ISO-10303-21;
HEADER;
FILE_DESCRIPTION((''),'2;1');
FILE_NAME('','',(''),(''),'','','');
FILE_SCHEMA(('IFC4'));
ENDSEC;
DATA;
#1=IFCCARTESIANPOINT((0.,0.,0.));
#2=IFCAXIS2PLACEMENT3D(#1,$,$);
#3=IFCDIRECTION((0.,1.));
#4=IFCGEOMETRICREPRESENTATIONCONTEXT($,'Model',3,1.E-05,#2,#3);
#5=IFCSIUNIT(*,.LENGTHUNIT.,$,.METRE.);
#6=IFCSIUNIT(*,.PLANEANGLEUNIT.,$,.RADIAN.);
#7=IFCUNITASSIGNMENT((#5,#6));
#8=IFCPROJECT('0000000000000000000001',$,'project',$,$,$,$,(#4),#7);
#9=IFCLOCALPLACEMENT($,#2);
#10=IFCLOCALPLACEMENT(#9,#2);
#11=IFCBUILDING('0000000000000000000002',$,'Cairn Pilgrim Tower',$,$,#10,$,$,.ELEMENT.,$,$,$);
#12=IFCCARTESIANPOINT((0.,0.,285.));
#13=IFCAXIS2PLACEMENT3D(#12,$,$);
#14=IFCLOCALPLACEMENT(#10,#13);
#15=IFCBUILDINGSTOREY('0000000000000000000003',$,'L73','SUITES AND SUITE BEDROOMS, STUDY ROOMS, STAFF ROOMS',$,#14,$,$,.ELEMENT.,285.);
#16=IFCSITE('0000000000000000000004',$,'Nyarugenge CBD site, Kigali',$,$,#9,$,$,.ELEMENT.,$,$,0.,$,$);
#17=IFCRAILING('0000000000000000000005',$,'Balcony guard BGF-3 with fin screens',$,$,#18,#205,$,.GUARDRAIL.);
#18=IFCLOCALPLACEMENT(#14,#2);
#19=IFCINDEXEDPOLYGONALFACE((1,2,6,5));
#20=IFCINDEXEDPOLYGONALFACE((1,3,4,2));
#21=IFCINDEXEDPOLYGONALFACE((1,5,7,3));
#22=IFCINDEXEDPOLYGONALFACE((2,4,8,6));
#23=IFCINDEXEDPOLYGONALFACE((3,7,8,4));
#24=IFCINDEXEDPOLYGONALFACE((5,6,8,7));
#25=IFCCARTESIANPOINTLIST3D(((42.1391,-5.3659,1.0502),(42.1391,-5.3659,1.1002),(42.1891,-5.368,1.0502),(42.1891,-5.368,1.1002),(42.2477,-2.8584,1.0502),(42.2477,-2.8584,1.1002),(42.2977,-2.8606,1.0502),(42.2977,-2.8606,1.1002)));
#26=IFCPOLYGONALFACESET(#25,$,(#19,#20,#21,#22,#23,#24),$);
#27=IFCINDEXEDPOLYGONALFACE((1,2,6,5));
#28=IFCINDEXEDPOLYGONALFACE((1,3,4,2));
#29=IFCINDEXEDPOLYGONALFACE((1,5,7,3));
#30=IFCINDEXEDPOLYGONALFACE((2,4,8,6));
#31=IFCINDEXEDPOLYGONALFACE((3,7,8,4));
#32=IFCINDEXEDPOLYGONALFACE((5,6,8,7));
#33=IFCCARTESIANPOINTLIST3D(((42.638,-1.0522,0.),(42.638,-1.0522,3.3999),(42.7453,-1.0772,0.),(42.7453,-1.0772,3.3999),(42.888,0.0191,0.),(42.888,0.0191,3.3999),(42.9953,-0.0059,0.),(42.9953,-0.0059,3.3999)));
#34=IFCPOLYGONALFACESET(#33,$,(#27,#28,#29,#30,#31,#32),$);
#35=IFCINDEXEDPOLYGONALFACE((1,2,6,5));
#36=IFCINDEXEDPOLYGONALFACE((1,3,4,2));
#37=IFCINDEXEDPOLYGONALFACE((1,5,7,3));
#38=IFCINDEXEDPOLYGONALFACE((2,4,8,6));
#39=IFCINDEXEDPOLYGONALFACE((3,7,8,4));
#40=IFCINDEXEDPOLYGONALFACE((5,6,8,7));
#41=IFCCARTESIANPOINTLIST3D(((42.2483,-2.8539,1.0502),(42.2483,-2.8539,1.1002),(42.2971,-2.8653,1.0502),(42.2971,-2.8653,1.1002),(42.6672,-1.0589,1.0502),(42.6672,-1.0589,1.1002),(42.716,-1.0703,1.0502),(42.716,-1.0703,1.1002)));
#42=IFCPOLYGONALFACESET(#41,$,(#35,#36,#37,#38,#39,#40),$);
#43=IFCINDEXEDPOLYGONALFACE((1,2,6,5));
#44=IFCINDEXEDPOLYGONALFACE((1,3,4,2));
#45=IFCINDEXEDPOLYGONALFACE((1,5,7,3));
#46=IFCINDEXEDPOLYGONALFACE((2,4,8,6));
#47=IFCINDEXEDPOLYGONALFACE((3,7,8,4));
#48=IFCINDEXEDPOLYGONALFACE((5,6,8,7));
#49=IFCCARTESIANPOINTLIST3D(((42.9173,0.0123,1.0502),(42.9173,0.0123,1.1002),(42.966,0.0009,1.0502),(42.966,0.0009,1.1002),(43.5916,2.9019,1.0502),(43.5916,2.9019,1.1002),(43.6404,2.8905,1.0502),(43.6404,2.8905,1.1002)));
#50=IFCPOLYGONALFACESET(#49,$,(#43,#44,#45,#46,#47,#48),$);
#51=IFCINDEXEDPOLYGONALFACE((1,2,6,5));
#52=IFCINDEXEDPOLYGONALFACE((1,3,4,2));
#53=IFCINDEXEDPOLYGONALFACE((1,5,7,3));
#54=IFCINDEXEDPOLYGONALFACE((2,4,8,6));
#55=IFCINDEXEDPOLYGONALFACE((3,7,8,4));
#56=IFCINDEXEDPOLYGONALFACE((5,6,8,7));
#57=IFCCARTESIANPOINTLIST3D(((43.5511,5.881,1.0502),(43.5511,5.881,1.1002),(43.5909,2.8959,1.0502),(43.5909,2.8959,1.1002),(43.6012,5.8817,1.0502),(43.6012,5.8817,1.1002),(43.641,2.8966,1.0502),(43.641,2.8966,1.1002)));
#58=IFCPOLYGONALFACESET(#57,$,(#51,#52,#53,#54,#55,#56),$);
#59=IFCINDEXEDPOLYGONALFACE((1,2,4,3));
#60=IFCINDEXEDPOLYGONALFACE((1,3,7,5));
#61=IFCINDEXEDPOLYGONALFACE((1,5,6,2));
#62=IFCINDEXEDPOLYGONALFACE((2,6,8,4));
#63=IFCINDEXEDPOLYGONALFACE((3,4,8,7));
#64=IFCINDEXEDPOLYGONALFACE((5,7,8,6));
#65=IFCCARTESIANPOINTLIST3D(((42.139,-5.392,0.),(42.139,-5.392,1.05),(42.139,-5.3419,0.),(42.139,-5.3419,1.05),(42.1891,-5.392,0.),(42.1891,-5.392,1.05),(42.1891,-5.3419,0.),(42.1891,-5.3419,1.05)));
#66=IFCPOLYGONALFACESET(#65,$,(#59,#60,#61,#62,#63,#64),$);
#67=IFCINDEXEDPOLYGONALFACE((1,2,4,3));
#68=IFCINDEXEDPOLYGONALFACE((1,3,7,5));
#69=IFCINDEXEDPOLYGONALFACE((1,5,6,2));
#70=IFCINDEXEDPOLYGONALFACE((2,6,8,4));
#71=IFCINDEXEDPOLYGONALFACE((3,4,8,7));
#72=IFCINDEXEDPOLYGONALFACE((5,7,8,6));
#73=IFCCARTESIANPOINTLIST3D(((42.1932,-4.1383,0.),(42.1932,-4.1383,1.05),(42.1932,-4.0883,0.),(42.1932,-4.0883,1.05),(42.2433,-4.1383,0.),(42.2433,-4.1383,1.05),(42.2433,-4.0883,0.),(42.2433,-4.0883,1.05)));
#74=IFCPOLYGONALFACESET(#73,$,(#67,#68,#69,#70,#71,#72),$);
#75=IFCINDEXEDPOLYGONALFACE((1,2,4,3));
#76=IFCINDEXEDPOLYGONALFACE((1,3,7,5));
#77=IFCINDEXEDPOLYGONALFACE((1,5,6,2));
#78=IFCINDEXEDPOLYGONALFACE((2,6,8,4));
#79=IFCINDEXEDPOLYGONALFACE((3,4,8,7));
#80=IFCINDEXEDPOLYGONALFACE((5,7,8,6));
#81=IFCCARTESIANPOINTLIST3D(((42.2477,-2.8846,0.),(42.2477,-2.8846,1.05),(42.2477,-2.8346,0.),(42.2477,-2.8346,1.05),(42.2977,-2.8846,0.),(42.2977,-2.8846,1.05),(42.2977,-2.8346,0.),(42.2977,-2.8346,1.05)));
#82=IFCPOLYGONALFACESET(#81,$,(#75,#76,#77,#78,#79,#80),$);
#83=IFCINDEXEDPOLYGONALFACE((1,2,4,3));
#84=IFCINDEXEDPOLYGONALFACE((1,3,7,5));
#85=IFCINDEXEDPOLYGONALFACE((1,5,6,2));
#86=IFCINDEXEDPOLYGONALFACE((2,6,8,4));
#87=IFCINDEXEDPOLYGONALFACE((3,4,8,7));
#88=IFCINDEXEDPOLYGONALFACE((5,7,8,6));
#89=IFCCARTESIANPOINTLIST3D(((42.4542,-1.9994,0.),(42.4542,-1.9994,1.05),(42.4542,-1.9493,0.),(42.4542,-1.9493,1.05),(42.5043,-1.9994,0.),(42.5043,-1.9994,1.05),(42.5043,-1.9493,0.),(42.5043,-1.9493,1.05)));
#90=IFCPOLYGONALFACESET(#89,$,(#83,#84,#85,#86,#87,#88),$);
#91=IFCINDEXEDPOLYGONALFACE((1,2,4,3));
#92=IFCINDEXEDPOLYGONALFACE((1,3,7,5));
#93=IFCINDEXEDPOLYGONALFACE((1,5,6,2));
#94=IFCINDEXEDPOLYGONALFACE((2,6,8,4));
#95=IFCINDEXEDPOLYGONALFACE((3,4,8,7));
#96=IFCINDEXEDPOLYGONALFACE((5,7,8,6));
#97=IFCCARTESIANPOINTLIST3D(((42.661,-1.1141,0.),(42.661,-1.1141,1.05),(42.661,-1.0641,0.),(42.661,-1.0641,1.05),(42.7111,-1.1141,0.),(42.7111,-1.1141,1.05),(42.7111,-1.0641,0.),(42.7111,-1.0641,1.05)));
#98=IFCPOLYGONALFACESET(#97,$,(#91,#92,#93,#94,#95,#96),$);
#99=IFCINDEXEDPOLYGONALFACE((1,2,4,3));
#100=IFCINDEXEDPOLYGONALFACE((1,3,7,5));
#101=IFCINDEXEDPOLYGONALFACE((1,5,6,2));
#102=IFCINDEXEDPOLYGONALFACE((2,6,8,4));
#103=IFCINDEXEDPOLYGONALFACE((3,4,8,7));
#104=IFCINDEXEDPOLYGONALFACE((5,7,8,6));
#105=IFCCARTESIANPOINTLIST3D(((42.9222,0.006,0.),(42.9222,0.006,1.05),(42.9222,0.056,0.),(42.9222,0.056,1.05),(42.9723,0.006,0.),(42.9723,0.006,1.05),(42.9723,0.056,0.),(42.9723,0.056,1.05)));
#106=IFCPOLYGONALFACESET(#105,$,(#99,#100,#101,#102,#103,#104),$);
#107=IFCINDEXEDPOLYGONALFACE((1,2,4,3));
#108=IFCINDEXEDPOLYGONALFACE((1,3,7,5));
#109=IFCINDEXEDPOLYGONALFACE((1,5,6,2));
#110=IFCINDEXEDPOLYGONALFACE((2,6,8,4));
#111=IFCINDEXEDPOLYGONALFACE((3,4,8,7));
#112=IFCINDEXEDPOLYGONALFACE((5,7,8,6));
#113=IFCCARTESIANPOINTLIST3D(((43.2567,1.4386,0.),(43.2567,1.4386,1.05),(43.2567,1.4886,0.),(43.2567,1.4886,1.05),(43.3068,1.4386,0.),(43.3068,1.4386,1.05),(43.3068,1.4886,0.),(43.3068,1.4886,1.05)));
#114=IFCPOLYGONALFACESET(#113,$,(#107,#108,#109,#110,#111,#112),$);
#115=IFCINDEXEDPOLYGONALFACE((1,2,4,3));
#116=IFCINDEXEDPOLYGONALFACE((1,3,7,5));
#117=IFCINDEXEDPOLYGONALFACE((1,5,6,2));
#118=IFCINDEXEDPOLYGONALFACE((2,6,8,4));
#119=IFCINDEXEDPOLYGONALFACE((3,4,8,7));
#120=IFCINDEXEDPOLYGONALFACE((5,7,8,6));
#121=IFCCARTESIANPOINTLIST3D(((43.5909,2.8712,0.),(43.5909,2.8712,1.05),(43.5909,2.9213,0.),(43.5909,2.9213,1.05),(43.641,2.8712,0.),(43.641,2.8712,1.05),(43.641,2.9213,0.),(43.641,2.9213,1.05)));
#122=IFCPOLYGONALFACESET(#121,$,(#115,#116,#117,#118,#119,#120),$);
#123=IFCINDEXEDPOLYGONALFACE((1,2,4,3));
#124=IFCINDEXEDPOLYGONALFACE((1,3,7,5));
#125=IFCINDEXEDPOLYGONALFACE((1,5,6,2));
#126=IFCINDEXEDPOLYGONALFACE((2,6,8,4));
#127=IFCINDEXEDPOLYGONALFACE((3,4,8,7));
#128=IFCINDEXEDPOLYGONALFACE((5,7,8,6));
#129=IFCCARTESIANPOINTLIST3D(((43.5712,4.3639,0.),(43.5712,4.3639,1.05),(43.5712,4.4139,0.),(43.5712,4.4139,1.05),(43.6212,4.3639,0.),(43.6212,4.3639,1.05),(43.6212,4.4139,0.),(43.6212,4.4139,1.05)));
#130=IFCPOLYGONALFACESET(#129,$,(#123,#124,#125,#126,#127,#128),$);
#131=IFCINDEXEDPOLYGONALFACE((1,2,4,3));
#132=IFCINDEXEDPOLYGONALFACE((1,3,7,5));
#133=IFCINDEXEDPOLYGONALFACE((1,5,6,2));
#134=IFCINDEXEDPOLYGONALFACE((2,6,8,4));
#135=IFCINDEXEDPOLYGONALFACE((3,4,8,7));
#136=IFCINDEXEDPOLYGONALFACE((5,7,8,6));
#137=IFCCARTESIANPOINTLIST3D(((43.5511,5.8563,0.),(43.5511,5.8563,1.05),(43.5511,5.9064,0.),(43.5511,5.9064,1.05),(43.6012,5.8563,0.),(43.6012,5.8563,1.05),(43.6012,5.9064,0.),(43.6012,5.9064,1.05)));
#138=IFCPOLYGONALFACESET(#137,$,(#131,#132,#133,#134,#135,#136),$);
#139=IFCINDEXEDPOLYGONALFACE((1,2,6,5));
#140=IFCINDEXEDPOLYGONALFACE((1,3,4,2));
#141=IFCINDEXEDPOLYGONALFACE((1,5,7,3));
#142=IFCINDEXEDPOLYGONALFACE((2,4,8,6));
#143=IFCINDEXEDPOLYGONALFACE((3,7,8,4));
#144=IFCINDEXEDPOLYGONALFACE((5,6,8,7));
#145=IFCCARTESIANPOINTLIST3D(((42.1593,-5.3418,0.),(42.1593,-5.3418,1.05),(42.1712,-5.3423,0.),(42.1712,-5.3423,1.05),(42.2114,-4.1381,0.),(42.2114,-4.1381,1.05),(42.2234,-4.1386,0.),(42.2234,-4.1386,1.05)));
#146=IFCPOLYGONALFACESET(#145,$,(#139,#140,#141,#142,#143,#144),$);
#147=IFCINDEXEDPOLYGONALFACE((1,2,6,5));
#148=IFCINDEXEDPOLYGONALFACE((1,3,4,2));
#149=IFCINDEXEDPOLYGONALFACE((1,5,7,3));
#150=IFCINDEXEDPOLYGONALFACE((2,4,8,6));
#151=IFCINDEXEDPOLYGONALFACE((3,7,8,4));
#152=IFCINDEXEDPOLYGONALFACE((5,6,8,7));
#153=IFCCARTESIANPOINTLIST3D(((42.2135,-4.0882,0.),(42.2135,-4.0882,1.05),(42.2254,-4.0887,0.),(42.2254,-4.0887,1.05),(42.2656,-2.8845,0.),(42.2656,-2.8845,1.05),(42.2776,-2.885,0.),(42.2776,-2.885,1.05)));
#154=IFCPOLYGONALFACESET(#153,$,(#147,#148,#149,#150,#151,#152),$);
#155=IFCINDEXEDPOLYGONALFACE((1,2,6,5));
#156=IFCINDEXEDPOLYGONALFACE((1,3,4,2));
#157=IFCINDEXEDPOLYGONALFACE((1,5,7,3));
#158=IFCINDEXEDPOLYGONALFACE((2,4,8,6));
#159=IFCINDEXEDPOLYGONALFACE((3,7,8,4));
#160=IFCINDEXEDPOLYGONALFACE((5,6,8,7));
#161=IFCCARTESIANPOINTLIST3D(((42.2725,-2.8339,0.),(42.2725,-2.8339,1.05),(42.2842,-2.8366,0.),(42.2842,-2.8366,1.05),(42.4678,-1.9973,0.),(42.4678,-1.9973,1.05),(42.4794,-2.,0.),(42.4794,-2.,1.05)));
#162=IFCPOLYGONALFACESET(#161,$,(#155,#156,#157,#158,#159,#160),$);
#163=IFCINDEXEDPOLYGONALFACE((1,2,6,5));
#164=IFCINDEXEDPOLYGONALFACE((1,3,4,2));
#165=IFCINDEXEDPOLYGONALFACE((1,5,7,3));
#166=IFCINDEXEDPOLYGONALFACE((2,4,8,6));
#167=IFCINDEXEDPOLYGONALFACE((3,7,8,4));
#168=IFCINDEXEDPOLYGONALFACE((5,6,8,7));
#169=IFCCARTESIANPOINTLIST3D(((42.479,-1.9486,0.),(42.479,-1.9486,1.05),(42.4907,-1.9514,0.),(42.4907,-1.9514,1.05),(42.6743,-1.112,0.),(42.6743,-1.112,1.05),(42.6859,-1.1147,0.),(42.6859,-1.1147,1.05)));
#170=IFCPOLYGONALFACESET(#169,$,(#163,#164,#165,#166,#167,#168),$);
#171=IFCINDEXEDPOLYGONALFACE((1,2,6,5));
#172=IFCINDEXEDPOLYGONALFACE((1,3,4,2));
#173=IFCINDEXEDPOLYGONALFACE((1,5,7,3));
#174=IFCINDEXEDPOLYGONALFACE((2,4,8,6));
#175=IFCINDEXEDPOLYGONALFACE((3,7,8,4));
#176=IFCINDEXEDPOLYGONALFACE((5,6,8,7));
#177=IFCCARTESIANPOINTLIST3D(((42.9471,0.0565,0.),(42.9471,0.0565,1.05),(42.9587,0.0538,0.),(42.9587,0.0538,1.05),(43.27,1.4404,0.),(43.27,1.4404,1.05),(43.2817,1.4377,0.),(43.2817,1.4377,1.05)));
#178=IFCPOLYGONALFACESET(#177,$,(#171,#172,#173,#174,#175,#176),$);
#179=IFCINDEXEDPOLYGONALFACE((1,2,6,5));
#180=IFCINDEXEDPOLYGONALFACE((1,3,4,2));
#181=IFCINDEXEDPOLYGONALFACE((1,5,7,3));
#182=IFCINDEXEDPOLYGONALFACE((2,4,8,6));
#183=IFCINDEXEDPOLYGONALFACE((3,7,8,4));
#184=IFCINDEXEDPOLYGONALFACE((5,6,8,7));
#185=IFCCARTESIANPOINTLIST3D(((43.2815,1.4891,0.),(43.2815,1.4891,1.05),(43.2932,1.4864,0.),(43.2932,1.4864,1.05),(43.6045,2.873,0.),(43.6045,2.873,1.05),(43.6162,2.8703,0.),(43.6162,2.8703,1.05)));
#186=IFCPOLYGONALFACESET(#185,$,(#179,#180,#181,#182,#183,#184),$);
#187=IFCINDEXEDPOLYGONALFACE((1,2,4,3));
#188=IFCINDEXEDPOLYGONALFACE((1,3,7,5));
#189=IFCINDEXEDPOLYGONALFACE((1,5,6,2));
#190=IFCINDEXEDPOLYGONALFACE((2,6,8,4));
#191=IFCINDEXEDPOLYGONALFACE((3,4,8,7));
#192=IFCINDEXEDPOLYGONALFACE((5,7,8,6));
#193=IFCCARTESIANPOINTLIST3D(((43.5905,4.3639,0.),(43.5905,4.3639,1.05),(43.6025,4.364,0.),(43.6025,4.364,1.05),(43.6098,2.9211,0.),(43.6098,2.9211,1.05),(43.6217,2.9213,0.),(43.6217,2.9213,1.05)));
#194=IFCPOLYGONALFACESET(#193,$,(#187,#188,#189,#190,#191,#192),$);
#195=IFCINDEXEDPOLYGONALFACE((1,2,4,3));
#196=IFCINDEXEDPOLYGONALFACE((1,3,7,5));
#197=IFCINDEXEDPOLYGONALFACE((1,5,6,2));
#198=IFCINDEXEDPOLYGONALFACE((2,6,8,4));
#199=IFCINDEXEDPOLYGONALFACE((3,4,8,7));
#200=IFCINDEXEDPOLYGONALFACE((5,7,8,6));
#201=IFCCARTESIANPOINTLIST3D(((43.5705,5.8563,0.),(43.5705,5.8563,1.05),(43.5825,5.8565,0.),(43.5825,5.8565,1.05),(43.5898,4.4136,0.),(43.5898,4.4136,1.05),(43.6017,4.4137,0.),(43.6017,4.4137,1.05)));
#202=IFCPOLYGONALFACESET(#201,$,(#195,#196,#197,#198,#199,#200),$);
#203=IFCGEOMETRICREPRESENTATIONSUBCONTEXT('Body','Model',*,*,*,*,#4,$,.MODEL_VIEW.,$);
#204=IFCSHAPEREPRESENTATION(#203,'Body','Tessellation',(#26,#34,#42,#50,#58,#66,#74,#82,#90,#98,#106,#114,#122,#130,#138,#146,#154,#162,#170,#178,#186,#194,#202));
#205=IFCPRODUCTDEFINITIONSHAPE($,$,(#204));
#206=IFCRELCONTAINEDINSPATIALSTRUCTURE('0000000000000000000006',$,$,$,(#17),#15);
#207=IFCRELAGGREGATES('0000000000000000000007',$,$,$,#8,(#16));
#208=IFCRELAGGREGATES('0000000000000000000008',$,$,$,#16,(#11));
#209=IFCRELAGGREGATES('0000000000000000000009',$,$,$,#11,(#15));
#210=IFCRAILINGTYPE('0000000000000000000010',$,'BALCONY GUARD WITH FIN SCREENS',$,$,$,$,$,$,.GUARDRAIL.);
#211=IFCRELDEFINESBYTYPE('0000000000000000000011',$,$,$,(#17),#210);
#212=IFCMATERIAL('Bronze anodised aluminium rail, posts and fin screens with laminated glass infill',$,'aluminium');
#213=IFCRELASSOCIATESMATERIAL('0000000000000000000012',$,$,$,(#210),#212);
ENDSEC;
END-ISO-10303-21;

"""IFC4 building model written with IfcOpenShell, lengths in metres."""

from ifc_helpers import new_model, si_unit, direction, frame, origin, origin_2d, place, context, subcontext, project, spatial, polyline, rectangle, outline, extrude, material, type_object, element, save


model = new_model("IFC4")

# Units and contexts
model_context = context("Model", 3, precision=1e-05, world=origin(), true_north=direction((0.0, 1.0)))
body_context = subcontext(model_context, "Body", "Model", "MODEL_VIEW")
ifc_project = project(units=[si_unit("LENGTHUNIT", "METRE"), si_unit("PLANEANGLEUNIT", "RADIAN")], contexts=[model_context])

# Site, building, storey
site_placement = place(None, origin())
site = spatial("IfcSite", under=ifc_project, at=site_placement, Name="Nyarugenge CBD site, Kigali", CompositionType="ELEMENT", RefElevation=0.0)
building_placement = place(site_placement, origin())
building = spatial("IfcBuilding", under=site, at=building_placement, Name="Cairn Pilgrim Tower", CompositionType="ELEMENT")
storey_placement = place(building_placement, frame((0.0, 0.0, 285.0)))
storey = spatial("IfcBuildingStorey", under=building, at=storey_placement, Name="L73", Description="SUITES AND SUITE BEDROOMS, STUDY ROOMS, STAFF ROOMS", CompositionType="ELEMENT", Elevation=285.0)

# Railing
ifc_material_1 = material(Name="Bronze anodised aluminium rail, posts and fin screens with laminated glass infill", Category="aluminium")
railing_type = type_object("IfcRailingType", Name="BALCONY GUARD WITH FIN SCREENS", PredefinedType="GUARDRAIL", material=ifc_material_1)
railing_placement = place(storey_placement, frame((42.1641, -5.3669, 0.0)))
element("IfcRailing", 1, at=railing_placement, inside=storey, type_object=railing_type, Name="Balcony guard BGF-3 with fin screens", PredefinedType="GUARDRAIL", context=body_context, shape_type="SweptSolid", body=[
    extrude(rectangle(XDim=0.05, YDim=0.05, at=origin_2d()), frame((0.0, 0.0, 1.0752), z_axis=(0.043289, 0.999063, 0.0), x_axis=(-0.999063, 0.043289, 0.0)), (0.0, 0.0, 1.0), 2.5098),
    extrude(rectangle(XDim=1.1001, YDim=0.1101, at=origin_2d()), frame((0.6526, 4.8379, 0.0), z_axis=(0.0, 0.0, 1.0), x_axis=(0.227266, 0.973833, 0.0)), (0.0, 0.0, 1.0), 3.3999),
    extrude(rectangle(XDim=0.05, YDim=0.05, at=origin_2d()), frame((0.1086, 2.5073, 1.0752), z_axis=(0.227266, 0.973833, 0.0), x_axis=(-0.973833, 0.227266, 0.0)), (0.0, 0.0, 1.0), 1.8433),
    extrude(rectangle(XDim=0.05, YDim=0.05, at=origin_2d()), frame((0.7776, 5.3735, 1.0752), z_axis=(0.227266, 0.973833, 0.0), x_axis=(-0.973833, 0.227266, 0.0)), (0.0, 0.0, 1.0), 2.9673),
    extrude(rectangle(XDim=0.05, YDim=0.05, at=origin_2d()), frame((1.4519, 8.2632, 1.0752), z_axis=(-0.01333, 0.999911, 0.0), x_axis=(-0.999911, -0.01333, 0.0)), (0.0, 0.0, 1.0), 2.9854),
    extrude(rectangle(XDim=0.05, YDim=0.05, at=origin_2d()), origin(), (0.0, 0.0, 1.0), 1.05),
    extrude(rectangle(XDim=0.05, YDim=0.05, at=origin_2d()), frame((0.0542, 1.2537, 0.0)), (0.0, 0.0, 1.0), 1.05),
    extrude(rectangle(XDim=0.05, YDim=0.05, at=origin_2d()), frame((0.1086, 2.5073, 0.0)), (0.0, 0.0, 1.0), 1.05),
    extrude(rectangle(XDim=0.05, YDim=0.05, at=origin_2d()), frame((0.3152, 3.3926, 0.0)), (0.0, 0.0, 1.0), 1.05),
    extrude(rectangle(XDim=0.05, YDim=0.05, at=origin_2d()), frame((0.522, 4.2778, 0.0)), (0.0, 0.0, 1.0), 1.05),
    extrude(rectangle(XDim=0.05, YDim=0.05, at=origin_2d()), frame((0.7832, 5.3979, 0.0)), (0.0, 0.0, 1.0), 1.05),
    extrude(rectangle(XDim=0.05, YDim=0.05, at=origin_2d()), frame((1.1177, 6.8306, 0.0)), (0.0, 0.0, 1.0), 1.05),
    extrude(rectangle(XDim=0.05, YDim=0.05, at=origin_2d()), frame((1.4519, 8.2632, 0.0)), (0.0, 0.0, 1.0), 1.05),
    extrude(rectangle(XDim=0.05, YDim=0.05, at=origin_2d()), frame((1.4321, 9.7559, 0.0)), (0.0, 0.0, 1.0), 1.05),
    extrude(rectangle(XDim=0.05, YDim=0.05, at=origin_2d()), frame((1.4121, 11.2483, 0.0)), (0.0, 0.0, 1.0), 1.05),
    extrude(outline(polyline([(0.0249, 0.0), (1.2297, 0.0), (1.2297, 1.05), (0.0249, 1.05), (0.0249, 0.0)])), frame((-0.0059, 0.0002, 0.0), z_axis=(0.999063, -0.043289, 0.0), x_axis=(0.043289, 0.999063, 0.0)), (0.0, 0.0, 1.0), 0.012),
    extrude(outline(polyline([(0.0249, 0.0), (1.2297, 0.0), (1.2297, 1.05), (0.0249, 1.05), (0.0249, 0.0)])), frame((0.0483, 1.2539, 0.0), z_axis=(0.999063, -0.043289, 0.0), x_axis=(0.043289, 0.999063, 0.0)), (0.0, 0.0, 1.0), 0.012),
    extrude(outline(polyline([(0.0249, 0.0), (0.884, 0.0), (0.884, 1.05), (0.0249, 1.05), (0.0249, 0.0)])), frame((0.1028, 2.5088, 0.0), z_axis=(0.973833, -0.227266, 0.0), x_axis=(0.227266, 0.973833, 0.0)), (0.0, 0.0, 1.0), 0.012),
    extrude(outline(polyline([(0.0249, 0.0), (0.884, 0.0), (0.884, 1.05), (0.0249, 1.05), (0.0249, 0.0)])), frame((0.3093, 3.394, 0.0), z_axis=(0.973833, -0.227266, 0.0), x_axis=(0.227266, 0.973833, 0.0)), (0.0, 0.0, 1.0), 0.012),
    extrude(outline(polyline([(0.0249, 0.0), (1.446, 0.0), (1.446, 1.05), (0.0249, 1.05), (0.0249, 0.0)])), frame((0.7773, 5.3992, 0.0), z_axis=(0.973833, -0.227266, 0.0), x_axis=(0.227266, 0.973833, 0.0)), (0.0, 0.0, 1.0), 0.012),
    extrude(outline(polyline([(0.0249, 0.0), (1.446, 0.0), (1.446, 1.05), (0.0249, 1.05), (0.0249, 0.0)])), frame((1.1118, 6.8318, 0.0), z_axis=(0.973833, -0.227266, 0.0), x_axis=(0.227266, 0.973833, 0.0)), (0.0, 0.0, 1.0), 0.012),
    extrude(outline(polyline([(0.0249, 0.0), (1.4678, 0.0), (1.4678, 1.05), (0.0249, 1.05), (0.0249, 0.0)])), frame((1.446, 8.2632, 0.0), z_axis=(0.999911, 0.01333, 0.0), x_axis=(-0.01333, 0.999911, 0.0)), (0.0, 0.0, 1.0), 0.012),
    extrude(outline(polyline([(0.0249, 0.0), (1.4678, 0.0), (1.4678, 1.05), (0.0249, 1.05), (0.0249, 0.0)])), frame((1.426, 9.7556, 0.0), z_axis=(0.999911, 0.01333, 0.0), x_axis=(-0.01333, 0.999911, 0.0)), (0.0, 0.0, 1.0), 0.012),
])

save(model, "model.ifc")
